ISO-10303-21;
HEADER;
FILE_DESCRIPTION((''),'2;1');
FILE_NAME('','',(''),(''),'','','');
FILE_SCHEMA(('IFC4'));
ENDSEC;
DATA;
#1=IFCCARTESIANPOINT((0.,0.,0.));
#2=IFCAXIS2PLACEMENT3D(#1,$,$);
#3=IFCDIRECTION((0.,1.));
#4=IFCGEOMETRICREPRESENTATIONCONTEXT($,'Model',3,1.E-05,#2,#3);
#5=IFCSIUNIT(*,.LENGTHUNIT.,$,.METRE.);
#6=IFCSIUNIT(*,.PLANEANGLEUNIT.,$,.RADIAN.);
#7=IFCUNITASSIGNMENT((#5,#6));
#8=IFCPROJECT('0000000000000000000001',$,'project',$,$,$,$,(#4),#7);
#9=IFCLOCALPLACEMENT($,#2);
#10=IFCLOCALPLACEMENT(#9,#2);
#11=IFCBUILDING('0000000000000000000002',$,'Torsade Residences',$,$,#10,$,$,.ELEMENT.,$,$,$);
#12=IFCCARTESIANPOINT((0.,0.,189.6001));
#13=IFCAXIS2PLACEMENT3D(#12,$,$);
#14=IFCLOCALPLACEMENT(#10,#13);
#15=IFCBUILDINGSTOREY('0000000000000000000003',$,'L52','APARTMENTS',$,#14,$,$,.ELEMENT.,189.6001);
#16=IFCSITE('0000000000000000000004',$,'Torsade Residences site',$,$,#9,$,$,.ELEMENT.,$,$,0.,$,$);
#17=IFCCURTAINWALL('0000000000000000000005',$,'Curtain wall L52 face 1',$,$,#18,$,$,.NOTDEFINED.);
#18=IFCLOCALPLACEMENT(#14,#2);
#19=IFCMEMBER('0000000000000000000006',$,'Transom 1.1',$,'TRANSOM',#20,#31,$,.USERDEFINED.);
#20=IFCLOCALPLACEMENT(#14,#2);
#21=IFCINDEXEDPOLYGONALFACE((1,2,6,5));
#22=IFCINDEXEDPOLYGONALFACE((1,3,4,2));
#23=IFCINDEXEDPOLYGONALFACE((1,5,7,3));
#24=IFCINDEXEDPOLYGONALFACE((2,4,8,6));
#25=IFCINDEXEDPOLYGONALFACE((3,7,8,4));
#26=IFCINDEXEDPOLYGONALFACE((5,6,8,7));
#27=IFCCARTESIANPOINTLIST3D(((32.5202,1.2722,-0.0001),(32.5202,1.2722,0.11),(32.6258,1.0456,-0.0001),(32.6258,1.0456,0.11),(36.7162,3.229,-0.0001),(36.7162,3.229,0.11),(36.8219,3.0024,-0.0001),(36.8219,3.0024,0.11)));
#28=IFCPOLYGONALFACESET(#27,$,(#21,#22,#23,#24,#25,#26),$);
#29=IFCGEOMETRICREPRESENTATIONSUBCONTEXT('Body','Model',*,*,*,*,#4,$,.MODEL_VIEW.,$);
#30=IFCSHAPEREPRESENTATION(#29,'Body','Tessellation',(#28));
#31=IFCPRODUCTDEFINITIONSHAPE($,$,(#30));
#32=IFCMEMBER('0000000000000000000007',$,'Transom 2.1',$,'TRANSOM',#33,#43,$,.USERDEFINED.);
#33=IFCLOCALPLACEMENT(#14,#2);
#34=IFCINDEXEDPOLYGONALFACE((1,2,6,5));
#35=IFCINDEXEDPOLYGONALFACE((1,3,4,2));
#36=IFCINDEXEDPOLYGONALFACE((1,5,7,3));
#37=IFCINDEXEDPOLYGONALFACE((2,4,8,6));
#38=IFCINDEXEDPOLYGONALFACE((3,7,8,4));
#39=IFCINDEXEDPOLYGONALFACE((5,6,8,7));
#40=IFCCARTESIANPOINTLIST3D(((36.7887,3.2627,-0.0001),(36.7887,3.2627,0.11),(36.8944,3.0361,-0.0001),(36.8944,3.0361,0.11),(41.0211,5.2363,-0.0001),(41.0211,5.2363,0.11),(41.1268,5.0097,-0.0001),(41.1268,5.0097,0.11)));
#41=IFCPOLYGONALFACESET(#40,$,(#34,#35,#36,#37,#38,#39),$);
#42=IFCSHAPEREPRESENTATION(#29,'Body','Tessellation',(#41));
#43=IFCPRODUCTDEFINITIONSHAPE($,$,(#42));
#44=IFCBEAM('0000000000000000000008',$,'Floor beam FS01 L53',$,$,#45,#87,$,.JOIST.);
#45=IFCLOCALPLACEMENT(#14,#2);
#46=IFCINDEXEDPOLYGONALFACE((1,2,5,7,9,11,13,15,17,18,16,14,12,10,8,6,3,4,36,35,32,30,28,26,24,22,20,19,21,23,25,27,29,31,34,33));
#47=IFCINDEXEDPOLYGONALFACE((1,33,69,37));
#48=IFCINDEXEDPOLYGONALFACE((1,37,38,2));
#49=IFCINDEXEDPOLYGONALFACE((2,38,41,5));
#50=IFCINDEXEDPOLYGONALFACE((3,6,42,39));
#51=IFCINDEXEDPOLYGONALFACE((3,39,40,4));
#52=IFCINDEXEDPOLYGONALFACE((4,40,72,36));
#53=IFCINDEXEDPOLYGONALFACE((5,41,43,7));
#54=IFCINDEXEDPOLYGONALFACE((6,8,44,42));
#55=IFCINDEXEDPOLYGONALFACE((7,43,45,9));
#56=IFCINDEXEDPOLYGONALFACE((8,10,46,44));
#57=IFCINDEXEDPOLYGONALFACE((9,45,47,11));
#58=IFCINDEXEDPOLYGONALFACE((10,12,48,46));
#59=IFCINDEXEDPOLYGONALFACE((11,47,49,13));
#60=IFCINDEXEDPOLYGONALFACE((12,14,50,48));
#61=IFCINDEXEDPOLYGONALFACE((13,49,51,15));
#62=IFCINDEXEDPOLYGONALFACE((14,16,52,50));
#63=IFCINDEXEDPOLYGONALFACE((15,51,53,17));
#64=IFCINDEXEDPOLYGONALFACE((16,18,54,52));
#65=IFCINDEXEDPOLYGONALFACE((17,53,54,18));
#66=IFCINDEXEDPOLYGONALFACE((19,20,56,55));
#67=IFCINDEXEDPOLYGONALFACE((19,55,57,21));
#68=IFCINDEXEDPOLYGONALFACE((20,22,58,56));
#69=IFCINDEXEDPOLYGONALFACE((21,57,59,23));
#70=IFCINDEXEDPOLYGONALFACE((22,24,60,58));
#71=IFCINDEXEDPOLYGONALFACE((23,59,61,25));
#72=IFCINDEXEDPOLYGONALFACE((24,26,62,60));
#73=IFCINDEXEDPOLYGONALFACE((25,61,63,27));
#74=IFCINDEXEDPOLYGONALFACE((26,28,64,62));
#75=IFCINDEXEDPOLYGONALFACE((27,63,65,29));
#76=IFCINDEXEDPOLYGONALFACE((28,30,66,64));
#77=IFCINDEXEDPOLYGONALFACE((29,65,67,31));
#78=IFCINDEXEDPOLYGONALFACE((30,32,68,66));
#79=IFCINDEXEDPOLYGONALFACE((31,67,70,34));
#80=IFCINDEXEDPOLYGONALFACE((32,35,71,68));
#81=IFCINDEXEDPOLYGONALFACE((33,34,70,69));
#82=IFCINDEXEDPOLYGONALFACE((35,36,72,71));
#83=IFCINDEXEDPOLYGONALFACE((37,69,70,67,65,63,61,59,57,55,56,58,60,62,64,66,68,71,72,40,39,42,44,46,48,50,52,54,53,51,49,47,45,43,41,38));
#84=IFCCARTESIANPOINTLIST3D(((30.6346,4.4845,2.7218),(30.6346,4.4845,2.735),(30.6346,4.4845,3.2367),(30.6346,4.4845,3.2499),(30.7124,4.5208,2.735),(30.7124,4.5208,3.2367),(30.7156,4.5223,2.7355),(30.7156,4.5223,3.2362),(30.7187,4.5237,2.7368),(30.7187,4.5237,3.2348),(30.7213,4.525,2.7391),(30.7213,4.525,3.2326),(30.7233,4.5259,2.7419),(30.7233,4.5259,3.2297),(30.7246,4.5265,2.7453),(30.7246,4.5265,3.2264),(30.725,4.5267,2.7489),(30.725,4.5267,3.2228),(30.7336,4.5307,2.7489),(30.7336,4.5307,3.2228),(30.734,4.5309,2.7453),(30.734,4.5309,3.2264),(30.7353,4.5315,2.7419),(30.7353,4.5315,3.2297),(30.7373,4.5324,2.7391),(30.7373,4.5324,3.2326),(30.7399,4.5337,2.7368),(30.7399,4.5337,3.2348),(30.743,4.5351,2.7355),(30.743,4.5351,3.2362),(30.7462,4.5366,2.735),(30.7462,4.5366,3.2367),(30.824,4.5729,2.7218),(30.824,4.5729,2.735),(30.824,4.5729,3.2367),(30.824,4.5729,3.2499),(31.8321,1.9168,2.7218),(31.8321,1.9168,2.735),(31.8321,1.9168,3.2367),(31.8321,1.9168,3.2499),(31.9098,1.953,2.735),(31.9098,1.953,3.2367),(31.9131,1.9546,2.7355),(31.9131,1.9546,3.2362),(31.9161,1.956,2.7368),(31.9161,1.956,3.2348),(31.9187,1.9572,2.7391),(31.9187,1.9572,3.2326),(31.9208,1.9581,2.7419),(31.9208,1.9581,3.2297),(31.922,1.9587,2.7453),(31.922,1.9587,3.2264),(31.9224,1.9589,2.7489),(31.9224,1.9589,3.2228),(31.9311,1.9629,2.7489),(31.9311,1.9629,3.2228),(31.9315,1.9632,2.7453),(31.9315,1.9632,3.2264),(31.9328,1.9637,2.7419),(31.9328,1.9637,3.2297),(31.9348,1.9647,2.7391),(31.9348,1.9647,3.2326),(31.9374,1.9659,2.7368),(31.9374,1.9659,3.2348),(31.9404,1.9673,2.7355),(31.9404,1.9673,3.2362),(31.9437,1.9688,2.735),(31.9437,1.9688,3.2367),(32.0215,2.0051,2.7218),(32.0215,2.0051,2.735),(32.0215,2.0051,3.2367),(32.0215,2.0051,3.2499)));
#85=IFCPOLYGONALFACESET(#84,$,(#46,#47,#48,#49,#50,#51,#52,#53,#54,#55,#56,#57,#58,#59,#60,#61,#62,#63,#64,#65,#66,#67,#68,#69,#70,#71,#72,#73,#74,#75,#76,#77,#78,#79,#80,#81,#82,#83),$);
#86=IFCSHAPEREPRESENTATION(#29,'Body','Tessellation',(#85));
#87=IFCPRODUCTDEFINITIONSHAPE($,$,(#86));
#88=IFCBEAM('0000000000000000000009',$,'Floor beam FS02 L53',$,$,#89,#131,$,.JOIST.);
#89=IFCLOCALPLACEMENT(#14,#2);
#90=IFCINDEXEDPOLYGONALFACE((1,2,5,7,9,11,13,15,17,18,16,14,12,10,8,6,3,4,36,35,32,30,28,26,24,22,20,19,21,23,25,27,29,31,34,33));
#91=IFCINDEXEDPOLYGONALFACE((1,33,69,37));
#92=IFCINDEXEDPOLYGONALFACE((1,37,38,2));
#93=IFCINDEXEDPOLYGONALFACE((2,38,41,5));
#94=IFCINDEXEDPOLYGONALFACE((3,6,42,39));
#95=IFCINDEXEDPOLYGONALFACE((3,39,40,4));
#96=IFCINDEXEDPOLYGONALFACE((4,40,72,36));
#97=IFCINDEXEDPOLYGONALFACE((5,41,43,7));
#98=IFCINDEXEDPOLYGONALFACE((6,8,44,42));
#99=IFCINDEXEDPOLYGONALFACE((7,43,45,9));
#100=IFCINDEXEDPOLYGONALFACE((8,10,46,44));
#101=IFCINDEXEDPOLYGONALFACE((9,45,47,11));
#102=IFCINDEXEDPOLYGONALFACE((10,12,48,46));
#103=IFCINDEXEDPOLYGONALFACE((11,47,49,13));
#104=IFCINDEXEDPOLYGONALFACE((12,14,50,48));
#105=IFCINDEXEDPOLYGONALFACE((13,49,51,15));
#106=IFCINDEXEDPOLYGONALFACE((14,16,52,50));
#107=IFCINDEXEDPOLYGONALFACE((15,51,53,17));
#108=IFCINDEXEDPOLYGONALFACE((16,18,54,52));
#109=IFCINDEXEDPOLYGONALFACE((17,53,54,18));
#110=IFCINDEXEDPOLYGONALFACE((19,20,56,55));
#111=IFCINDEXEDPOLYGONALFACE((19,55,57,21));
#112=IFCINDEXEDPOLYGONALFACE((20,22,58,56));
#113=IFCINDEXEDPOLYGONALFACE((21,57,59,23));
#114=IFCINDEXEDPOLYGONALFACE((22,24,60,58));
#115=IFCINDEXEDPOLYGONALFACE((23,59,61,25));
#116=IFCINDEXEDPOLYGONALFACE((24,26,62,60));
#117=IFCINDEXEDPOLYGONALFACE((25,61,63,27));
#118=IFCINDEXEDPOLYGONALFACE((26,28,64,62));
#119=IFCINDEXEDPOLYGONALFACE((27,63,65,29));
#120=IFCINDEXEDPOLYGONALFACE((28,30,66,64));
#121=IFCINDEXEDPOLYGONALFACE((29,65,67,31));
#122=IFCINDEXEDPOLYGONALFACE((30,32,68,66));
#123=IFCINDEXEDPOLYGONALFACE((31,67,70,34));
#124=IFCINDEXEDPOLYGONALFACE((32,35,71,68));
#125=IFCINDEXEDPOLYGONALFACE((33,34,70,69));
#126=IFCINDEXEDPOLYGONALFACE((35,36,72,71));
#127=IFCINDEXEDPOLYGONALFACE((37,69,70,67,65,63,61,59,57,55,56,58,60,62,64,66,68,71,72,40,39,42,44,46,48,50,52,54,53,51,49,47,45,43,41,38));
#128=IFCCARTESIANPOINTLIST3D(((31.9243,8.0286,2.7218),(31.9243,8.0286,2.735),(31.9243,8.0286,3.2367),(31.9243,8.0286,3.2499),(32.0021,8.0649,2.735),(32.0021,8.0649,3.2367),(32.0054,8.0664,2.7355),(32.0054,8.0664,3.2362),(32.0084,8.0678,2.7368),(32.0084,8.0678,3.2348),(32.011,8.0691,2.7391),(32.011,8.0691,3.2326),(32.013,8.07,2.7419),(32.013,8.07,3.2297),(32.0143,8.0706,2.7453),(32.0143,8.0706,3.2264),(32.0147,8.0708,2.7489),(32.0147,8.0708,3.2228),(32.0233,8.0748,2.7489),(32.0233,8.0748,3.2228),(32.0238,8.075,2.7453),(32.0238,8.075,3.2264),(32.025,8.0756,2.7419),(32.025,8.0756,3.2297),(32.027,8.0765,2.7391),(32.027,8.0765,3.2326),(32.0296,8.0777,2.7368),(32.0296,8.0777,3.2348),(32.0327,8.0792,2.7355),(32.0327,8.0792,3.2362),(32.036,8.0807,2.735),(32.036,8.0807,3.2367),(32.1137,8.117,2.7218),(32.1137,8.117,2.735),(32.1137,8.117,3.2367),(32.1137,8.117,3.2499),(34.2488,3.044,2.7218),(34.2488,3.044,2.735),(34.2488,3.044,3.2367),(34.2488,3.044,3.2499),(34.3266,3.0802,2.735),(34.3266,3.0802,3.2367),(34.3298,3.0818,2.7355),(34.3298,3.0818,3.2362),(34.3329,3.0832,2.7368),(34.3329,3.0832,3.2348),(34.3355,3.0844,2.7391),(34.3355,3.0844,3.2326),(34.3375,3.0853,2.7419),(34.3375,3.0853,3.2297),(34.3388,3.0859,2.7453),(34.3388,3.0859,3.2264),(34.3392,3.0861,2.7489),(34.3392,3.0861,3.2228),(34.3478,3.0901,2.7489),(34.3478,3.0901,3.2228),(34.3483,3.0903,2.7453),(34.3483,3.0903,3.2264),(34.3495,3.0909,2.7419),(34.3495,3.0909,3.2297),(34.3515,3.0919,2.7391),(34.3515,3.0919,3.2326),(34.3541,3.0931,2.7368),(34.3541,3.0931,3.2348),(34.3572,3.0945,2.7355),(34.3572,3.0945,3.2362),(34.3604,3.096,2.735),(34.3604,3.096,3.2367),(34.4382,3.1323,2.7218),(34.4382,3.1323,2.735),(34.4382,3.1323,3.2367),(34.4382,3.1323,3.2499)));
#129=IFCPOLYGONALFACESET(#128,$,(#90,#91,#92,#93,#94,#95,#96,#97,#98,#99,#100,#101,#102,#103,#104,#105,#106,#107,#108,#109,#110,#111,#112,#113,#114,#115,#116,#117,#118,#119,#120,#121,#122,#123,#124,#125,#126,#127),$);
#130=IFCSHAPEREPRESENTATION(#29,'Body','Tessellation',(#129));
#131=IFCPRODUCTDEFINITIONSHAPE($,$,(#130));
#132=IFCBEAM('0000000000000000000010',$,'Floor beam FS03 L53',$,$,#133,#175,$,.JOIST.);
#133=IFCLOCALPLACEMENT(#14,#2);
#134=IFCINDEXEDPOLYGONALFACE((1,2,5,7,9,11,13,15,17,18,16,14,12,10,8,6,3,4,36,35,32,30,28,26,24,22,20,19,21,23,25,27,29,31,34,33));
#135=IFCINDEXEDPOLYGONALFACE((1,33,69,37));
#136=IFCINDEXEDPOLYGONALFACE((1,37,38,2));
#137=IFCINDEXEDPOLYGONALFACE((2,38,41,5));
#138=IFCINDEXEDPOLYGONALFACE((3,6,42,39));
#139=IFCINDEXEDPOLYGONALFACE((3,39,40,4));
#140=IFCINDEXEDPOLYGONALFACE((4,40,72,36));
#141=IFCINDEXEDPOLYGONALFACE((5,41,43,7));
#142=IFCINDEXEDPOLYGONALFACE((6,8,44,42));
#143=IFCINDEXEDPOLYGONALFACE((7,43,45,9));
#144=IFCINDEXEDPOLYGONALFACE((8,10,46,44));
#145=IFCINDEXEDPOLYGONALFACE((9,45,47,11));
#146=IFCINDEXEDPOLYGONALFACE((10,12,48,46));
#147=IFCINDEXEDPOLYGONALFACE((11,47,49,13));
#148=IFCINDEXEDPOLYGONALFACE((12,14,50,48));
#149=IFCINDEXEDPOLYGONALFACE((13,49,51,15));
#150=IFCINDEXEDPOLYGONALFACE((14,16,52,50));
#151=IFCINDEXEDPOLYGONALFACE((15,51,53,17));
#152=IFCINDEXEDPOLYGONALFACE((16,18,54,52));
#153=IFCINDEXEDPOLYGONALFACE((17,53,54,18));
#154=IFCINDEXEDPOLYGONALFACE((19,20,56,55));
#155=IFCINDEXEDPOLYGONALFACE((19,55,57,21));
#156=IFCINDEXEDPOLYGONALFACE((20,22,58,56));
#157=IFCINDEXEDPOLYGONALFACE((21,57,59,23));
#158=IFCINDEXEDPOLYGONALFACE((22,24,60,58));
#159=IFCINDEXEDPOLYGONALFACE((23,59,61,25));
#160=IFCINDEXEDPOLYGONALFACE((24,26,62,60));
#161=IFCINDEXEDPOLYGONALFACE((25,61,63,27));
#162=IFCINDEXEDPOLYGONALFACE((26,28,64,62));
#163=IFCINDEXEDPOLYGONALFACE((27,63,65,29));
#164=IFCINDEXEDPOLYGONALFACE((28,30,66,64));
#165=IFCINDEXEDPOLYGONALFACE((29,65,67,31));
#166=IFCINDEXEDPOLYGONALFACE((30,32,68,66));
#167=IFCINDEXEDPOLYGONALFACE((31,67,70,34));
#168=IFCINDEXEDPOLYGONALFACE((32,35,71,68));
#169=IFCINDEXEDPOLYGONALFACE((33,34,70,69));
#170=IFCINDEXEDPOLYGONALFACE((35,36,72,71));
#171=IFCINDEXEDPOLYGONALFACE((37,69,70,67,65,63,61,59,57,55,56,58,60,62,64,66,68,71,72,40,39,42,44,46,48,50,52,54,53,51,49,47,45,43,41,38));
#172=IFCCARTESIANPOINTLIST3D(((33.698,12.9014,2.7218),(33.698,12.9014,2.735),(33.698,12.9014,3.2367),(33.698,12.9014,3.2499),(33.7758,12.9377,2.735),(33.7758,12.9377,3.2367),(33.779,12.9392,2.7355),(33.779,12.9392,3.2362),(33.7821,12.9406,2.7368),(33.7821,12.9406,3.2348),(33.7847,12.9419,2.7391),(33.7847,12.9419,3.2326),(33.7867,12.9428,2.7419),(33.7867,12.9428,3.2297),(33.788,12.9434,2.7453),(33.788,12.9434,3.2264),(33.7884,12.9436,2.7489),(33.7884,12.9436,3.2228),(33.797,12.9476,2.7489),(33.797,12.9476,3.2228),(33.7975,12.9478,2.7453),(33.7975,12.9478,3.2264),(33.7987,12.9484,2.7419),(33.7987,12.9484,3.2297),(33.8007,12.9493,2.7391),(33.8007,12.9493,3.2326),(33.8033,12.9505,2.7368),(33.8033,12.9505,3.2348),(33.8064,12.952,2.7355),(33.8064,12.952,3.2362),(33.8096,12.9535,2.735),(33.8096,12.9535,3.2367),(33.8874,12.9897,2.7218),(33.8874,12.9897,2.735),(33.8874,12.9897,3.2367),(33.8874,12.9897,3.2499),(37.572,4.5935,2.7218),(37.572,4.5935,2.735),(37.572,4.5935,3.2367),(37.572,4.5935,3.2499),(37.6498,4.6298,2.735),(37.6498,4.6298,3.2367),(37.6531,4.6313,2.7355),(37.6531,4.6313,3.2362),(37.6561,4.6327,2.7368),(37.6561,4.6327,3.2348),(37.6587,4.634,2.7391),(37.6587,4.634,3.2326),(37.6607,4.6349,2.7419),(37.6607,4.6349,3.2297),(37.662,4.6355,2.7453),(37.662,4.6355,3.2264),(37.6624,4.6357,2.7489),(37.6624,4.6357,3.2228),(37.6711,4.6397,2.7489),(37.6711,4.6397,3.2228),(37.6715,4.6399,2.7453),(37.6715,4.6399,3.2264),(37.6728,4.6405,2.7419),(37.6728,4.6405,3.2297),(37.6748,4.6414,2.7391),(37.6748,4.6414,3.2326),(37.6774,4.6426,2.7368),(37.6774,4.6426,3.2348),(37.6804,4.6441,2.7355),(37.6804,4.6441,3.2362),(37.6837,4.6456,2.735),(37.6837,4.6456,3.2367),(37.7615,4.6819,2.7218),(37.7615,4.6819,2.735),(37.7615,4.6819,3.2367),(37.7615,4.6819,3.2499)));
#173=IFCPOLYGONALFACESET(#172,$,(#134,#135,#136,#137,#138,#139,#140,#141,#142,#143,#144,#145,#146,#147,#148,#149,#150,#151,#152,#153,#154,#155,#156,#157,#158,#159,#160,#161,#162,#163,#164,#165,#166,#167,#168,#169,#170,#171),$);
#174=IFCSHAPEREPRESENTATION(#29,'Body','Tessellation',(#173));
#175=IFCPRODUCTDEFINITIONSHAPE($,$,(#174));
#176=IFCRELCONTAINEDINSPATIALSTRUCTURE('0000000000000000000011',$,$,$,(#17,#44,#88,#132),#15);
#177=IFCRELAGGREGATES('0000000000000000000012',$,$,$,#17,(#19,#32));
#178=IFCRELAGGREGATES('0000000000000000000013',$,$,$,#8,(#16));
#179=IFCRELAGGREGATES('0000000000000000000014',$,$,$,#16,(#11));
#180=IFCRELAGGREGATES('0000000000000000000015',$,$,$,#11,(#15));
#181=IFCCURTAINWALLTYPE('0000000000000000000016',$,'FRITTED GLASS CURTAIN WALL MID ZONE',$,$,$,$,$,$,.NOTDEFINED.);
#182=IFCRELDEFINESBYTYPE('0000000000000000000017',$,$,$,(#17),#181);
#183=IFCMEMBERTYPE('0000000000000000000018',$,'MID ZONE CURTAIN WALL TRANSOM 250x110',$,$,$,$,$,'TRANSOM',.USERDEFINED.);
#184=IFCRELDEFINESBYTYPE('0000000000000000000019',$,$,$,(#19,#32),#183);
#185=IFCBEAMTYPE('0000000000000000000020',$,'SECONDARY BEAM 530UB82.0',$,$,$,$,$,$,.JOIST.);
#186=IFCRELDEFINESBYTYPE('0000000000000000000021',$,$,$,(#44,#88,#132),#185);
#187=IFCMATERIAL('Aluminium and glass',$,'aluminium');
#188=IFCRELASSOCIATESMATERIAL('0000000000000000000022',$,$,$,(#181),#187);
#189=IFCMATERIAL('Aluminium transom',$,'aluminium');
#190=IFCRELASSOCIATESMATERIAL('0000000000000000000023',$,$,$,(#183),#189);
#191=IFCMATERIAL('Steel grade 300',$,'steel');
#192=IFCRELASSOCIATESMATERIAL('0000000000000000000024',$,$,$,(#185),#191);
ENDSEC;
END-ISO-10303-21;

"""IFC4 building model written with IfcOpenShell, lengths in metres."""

from ifc_helpers import new_model, si_unit, direction, frame, origin, origin_2d, place, context, subcontext, project, spatial, rectangle, i_section, extrude, material, material_profile, profile_set, type_object, element, aggregate, save


model = new_model("IFC4")

# Units and contexts
model_context = context("Model", 3, precision=1e-05, world=origin(), true_north=direction((0.0, 1.0)))
body_context = subcontext(model_context, "Body", "Model", "MODEL_VIEW")
ifc_project = project(units=[si_unit("LENGTHUNIT", "METRE"), si_unit("PLANEANGLEUNIT", "RADIAN")], contexts=[model_context])

# Site, building, storey
site_placement = place(None, origin())
site = spatial("IfcSite", under=ifc_project, at=site_placement, Name="Torsade Residences site", CompositionType="ELEMENT", RefElevation=0.0)
building_placement = place(site_placement, origin())
building = spatial("IfcBuilding", under=site, at=building_placement, Name="Torsade Residences", CompositionType="ELEMENT")
storey_placement = place(building_placement, frame((0.0, 0.0, 189.6001)))
storey = spatial("IfcBuildingStorey", under=building, at=storey_placement, Name="L52", Description="APARTMENTS", CompositionType="ELEMENT", Elevation=189.6001)

# Curtain wall
ifc_material_1 = material(Name="Aluminium and glass", Category="aluminium")
curtain_wall_type = type_object("IfcCurtainWallType", Name="FRITTED GLASS CURTAIN WALL MID ZONE", PredefinedType="NOTDEFINED", material=ifc_material_1)
curtain_wall_1_placement = place(storey_placement, origin())
curtain_wall_1 = element("IfcCurtainWall", 1, at=curtain_wall_1_placement, inside=storey, type_object=curtain_wall_type, Name="Curtain wall L52 face 1", PredefinedType="NOTDEFINED")

# Members
ifc_material_2 = material(Name="Aluminium transom", Category="aluminium")
ifc_material_profile_1 = material_profile(ifc_material_2, rectangle(XDim=0.25, YDim=0.1101, at=origin_2d()), Name="MID ZONE CURTAIN WALL TRANSOM 250x110")
ifc_profile_set_1 = profile_set([ifc_material_profile_1], Name="Aluminium transom")
member_type_1 = type_object("IfcMemberType", Name="MID ZONE CURTAIN WALL TRANSOM 250x110", ElementType="TRANSOM", PredefinedType="USERDEFINED", material=ifc_profile_set_1)
member_1_placement = place(storey_placement, frame((32.573, 1.1589, 0.0549), z_axis=(0.906296, 0.422643, 0.0), x_axis=(-0.422643, 0.906296, 0.0)))
member_1 = element("IfcMember", 2, at=member_1_placement, type_object=member_type_1, Name="Transom 1.1", ObjectType="TRANSOM", PredefinedType="USERDEFINED", context=body_context, shape_type="SweptSolid", body=[
    extrude(rectangle(XDim=0.25, YDim=0.1101, at=origin_2d()), origin(), (0.0, 0.0, 1.0), 4.6299),
])
member_2_placement = place(storey_placement, frame((36.8416, 3.1494, 0.0549), z_axis=(0.906306, 0.422622, 0.0), x_axis=(-0.422622, 0.906306, 0.0)))
member_2 = element("IfcMember", 3, at=member_2_placement, type_object=member_type_1, Name="Transom 2.1", ObjectType="TRANSOM", PredefinedType="USERDEFINED", context=body_context, shape_type="SweptSolid", body=[
    extrude(rectangle(XDim=0.25, YDim=0.1101, at=origin_2d()), origin(), (0.0, 0.0, 1.0), 4.6699),
])

# Beams
ifc_material_3 = material(Name="Steel grade 300", Category="steel")
ifc_material_profile_2 = material_profile(ifc_material_3, i_section(OverallWidth=0.209, OverallDepth=0.5281, WebThickness=0.0095, FlangeThickness=0.0132, FilletRadius=0.0139, at=origin_2d()), Name="530UB82.0")
ifc_profile_set_2 = profile_set([ifc_material_profile_2], Name="Steel grade 300")
beam_type_1 = type_object("IfcBeamType", Name="SECONDARY BEAM 530UB82.0", PredefinedType="JOIST", material=ifc_profile_set_2)
beam_1_placement = place(storey_placement, frame((31.9268, 1.9609, 2.9858), z_axis=(-0.422645, 0.906295, 0.0), x_axis=(-0.906295, -0.422645, 0.0)))
element("IfcBeam", 4, at=beam_1_placement, inside=storey, type_object=beam_type_1, Name="Floor beam FS01 L53", PredefinedType="JOIST", context=body_context, shape_type="SweptSolid", body=[
    extrude(i_section(OverallWidth=0.209, OverallDepth=0.5281, WebThickness=0.0095, FlangeThickness=0.0132, FilletRadius=0.0139, at=origin_2d()), origin(), (0.0, 0.0, 1.0), 2.8333),
])
beam_2_placement = place(storey_placement, frame((34.3435, 3.0881, 2.9858), z_axis=(-0.422633, 0.906301, 0.0), x_axis=(-0.906301, -0.422633, 0.0)))
element("IfcBeam", 5, at=beam_2_placement, inside=storey, type_object=beam_type_1, Name="Floor beam FS02 L53", PredefinedType="JOIST", context=body_context, shape_type="SweptSolid", body=[
    extrude(i_section(OverallWidth=0.209, OverallDepth=0.5281, WebThickness=0.0095, FlangeThickness=0.0132, FilletRadius=0.0139, at=origin_2d()), origin(), (0.0, 0.0, 1.0), 5.5),
])
beam_3_placement = place(storey_placement, frame((37.6667, 4.6377, 2.9858), z_axis=(-0.422619, 0.906308, 0.0), x_axis=(-0.906308, -0.422619, 0.0)))
element("IfcBeam", 6, at=beam_3_placement, inside=storey, type_object=beam_type_1, Name="Floor beam FS03 L53", PredefinedType="JOIST", context=body_context, shape_type="SweptSolid", body=[
    extrude(i_section(OverallWidth=0.209, OverallDepth=0.5281, WebThickness=0.0095, FlangeThickness=0.0132, FilletRadius=0.0139, at=origin_2d()), origin(), (0.0, 0.0, 1.0), 9.1667),
])

aggregate(curtain_wall_1, [member_1, member_2])

save(model, "model.ifc")
